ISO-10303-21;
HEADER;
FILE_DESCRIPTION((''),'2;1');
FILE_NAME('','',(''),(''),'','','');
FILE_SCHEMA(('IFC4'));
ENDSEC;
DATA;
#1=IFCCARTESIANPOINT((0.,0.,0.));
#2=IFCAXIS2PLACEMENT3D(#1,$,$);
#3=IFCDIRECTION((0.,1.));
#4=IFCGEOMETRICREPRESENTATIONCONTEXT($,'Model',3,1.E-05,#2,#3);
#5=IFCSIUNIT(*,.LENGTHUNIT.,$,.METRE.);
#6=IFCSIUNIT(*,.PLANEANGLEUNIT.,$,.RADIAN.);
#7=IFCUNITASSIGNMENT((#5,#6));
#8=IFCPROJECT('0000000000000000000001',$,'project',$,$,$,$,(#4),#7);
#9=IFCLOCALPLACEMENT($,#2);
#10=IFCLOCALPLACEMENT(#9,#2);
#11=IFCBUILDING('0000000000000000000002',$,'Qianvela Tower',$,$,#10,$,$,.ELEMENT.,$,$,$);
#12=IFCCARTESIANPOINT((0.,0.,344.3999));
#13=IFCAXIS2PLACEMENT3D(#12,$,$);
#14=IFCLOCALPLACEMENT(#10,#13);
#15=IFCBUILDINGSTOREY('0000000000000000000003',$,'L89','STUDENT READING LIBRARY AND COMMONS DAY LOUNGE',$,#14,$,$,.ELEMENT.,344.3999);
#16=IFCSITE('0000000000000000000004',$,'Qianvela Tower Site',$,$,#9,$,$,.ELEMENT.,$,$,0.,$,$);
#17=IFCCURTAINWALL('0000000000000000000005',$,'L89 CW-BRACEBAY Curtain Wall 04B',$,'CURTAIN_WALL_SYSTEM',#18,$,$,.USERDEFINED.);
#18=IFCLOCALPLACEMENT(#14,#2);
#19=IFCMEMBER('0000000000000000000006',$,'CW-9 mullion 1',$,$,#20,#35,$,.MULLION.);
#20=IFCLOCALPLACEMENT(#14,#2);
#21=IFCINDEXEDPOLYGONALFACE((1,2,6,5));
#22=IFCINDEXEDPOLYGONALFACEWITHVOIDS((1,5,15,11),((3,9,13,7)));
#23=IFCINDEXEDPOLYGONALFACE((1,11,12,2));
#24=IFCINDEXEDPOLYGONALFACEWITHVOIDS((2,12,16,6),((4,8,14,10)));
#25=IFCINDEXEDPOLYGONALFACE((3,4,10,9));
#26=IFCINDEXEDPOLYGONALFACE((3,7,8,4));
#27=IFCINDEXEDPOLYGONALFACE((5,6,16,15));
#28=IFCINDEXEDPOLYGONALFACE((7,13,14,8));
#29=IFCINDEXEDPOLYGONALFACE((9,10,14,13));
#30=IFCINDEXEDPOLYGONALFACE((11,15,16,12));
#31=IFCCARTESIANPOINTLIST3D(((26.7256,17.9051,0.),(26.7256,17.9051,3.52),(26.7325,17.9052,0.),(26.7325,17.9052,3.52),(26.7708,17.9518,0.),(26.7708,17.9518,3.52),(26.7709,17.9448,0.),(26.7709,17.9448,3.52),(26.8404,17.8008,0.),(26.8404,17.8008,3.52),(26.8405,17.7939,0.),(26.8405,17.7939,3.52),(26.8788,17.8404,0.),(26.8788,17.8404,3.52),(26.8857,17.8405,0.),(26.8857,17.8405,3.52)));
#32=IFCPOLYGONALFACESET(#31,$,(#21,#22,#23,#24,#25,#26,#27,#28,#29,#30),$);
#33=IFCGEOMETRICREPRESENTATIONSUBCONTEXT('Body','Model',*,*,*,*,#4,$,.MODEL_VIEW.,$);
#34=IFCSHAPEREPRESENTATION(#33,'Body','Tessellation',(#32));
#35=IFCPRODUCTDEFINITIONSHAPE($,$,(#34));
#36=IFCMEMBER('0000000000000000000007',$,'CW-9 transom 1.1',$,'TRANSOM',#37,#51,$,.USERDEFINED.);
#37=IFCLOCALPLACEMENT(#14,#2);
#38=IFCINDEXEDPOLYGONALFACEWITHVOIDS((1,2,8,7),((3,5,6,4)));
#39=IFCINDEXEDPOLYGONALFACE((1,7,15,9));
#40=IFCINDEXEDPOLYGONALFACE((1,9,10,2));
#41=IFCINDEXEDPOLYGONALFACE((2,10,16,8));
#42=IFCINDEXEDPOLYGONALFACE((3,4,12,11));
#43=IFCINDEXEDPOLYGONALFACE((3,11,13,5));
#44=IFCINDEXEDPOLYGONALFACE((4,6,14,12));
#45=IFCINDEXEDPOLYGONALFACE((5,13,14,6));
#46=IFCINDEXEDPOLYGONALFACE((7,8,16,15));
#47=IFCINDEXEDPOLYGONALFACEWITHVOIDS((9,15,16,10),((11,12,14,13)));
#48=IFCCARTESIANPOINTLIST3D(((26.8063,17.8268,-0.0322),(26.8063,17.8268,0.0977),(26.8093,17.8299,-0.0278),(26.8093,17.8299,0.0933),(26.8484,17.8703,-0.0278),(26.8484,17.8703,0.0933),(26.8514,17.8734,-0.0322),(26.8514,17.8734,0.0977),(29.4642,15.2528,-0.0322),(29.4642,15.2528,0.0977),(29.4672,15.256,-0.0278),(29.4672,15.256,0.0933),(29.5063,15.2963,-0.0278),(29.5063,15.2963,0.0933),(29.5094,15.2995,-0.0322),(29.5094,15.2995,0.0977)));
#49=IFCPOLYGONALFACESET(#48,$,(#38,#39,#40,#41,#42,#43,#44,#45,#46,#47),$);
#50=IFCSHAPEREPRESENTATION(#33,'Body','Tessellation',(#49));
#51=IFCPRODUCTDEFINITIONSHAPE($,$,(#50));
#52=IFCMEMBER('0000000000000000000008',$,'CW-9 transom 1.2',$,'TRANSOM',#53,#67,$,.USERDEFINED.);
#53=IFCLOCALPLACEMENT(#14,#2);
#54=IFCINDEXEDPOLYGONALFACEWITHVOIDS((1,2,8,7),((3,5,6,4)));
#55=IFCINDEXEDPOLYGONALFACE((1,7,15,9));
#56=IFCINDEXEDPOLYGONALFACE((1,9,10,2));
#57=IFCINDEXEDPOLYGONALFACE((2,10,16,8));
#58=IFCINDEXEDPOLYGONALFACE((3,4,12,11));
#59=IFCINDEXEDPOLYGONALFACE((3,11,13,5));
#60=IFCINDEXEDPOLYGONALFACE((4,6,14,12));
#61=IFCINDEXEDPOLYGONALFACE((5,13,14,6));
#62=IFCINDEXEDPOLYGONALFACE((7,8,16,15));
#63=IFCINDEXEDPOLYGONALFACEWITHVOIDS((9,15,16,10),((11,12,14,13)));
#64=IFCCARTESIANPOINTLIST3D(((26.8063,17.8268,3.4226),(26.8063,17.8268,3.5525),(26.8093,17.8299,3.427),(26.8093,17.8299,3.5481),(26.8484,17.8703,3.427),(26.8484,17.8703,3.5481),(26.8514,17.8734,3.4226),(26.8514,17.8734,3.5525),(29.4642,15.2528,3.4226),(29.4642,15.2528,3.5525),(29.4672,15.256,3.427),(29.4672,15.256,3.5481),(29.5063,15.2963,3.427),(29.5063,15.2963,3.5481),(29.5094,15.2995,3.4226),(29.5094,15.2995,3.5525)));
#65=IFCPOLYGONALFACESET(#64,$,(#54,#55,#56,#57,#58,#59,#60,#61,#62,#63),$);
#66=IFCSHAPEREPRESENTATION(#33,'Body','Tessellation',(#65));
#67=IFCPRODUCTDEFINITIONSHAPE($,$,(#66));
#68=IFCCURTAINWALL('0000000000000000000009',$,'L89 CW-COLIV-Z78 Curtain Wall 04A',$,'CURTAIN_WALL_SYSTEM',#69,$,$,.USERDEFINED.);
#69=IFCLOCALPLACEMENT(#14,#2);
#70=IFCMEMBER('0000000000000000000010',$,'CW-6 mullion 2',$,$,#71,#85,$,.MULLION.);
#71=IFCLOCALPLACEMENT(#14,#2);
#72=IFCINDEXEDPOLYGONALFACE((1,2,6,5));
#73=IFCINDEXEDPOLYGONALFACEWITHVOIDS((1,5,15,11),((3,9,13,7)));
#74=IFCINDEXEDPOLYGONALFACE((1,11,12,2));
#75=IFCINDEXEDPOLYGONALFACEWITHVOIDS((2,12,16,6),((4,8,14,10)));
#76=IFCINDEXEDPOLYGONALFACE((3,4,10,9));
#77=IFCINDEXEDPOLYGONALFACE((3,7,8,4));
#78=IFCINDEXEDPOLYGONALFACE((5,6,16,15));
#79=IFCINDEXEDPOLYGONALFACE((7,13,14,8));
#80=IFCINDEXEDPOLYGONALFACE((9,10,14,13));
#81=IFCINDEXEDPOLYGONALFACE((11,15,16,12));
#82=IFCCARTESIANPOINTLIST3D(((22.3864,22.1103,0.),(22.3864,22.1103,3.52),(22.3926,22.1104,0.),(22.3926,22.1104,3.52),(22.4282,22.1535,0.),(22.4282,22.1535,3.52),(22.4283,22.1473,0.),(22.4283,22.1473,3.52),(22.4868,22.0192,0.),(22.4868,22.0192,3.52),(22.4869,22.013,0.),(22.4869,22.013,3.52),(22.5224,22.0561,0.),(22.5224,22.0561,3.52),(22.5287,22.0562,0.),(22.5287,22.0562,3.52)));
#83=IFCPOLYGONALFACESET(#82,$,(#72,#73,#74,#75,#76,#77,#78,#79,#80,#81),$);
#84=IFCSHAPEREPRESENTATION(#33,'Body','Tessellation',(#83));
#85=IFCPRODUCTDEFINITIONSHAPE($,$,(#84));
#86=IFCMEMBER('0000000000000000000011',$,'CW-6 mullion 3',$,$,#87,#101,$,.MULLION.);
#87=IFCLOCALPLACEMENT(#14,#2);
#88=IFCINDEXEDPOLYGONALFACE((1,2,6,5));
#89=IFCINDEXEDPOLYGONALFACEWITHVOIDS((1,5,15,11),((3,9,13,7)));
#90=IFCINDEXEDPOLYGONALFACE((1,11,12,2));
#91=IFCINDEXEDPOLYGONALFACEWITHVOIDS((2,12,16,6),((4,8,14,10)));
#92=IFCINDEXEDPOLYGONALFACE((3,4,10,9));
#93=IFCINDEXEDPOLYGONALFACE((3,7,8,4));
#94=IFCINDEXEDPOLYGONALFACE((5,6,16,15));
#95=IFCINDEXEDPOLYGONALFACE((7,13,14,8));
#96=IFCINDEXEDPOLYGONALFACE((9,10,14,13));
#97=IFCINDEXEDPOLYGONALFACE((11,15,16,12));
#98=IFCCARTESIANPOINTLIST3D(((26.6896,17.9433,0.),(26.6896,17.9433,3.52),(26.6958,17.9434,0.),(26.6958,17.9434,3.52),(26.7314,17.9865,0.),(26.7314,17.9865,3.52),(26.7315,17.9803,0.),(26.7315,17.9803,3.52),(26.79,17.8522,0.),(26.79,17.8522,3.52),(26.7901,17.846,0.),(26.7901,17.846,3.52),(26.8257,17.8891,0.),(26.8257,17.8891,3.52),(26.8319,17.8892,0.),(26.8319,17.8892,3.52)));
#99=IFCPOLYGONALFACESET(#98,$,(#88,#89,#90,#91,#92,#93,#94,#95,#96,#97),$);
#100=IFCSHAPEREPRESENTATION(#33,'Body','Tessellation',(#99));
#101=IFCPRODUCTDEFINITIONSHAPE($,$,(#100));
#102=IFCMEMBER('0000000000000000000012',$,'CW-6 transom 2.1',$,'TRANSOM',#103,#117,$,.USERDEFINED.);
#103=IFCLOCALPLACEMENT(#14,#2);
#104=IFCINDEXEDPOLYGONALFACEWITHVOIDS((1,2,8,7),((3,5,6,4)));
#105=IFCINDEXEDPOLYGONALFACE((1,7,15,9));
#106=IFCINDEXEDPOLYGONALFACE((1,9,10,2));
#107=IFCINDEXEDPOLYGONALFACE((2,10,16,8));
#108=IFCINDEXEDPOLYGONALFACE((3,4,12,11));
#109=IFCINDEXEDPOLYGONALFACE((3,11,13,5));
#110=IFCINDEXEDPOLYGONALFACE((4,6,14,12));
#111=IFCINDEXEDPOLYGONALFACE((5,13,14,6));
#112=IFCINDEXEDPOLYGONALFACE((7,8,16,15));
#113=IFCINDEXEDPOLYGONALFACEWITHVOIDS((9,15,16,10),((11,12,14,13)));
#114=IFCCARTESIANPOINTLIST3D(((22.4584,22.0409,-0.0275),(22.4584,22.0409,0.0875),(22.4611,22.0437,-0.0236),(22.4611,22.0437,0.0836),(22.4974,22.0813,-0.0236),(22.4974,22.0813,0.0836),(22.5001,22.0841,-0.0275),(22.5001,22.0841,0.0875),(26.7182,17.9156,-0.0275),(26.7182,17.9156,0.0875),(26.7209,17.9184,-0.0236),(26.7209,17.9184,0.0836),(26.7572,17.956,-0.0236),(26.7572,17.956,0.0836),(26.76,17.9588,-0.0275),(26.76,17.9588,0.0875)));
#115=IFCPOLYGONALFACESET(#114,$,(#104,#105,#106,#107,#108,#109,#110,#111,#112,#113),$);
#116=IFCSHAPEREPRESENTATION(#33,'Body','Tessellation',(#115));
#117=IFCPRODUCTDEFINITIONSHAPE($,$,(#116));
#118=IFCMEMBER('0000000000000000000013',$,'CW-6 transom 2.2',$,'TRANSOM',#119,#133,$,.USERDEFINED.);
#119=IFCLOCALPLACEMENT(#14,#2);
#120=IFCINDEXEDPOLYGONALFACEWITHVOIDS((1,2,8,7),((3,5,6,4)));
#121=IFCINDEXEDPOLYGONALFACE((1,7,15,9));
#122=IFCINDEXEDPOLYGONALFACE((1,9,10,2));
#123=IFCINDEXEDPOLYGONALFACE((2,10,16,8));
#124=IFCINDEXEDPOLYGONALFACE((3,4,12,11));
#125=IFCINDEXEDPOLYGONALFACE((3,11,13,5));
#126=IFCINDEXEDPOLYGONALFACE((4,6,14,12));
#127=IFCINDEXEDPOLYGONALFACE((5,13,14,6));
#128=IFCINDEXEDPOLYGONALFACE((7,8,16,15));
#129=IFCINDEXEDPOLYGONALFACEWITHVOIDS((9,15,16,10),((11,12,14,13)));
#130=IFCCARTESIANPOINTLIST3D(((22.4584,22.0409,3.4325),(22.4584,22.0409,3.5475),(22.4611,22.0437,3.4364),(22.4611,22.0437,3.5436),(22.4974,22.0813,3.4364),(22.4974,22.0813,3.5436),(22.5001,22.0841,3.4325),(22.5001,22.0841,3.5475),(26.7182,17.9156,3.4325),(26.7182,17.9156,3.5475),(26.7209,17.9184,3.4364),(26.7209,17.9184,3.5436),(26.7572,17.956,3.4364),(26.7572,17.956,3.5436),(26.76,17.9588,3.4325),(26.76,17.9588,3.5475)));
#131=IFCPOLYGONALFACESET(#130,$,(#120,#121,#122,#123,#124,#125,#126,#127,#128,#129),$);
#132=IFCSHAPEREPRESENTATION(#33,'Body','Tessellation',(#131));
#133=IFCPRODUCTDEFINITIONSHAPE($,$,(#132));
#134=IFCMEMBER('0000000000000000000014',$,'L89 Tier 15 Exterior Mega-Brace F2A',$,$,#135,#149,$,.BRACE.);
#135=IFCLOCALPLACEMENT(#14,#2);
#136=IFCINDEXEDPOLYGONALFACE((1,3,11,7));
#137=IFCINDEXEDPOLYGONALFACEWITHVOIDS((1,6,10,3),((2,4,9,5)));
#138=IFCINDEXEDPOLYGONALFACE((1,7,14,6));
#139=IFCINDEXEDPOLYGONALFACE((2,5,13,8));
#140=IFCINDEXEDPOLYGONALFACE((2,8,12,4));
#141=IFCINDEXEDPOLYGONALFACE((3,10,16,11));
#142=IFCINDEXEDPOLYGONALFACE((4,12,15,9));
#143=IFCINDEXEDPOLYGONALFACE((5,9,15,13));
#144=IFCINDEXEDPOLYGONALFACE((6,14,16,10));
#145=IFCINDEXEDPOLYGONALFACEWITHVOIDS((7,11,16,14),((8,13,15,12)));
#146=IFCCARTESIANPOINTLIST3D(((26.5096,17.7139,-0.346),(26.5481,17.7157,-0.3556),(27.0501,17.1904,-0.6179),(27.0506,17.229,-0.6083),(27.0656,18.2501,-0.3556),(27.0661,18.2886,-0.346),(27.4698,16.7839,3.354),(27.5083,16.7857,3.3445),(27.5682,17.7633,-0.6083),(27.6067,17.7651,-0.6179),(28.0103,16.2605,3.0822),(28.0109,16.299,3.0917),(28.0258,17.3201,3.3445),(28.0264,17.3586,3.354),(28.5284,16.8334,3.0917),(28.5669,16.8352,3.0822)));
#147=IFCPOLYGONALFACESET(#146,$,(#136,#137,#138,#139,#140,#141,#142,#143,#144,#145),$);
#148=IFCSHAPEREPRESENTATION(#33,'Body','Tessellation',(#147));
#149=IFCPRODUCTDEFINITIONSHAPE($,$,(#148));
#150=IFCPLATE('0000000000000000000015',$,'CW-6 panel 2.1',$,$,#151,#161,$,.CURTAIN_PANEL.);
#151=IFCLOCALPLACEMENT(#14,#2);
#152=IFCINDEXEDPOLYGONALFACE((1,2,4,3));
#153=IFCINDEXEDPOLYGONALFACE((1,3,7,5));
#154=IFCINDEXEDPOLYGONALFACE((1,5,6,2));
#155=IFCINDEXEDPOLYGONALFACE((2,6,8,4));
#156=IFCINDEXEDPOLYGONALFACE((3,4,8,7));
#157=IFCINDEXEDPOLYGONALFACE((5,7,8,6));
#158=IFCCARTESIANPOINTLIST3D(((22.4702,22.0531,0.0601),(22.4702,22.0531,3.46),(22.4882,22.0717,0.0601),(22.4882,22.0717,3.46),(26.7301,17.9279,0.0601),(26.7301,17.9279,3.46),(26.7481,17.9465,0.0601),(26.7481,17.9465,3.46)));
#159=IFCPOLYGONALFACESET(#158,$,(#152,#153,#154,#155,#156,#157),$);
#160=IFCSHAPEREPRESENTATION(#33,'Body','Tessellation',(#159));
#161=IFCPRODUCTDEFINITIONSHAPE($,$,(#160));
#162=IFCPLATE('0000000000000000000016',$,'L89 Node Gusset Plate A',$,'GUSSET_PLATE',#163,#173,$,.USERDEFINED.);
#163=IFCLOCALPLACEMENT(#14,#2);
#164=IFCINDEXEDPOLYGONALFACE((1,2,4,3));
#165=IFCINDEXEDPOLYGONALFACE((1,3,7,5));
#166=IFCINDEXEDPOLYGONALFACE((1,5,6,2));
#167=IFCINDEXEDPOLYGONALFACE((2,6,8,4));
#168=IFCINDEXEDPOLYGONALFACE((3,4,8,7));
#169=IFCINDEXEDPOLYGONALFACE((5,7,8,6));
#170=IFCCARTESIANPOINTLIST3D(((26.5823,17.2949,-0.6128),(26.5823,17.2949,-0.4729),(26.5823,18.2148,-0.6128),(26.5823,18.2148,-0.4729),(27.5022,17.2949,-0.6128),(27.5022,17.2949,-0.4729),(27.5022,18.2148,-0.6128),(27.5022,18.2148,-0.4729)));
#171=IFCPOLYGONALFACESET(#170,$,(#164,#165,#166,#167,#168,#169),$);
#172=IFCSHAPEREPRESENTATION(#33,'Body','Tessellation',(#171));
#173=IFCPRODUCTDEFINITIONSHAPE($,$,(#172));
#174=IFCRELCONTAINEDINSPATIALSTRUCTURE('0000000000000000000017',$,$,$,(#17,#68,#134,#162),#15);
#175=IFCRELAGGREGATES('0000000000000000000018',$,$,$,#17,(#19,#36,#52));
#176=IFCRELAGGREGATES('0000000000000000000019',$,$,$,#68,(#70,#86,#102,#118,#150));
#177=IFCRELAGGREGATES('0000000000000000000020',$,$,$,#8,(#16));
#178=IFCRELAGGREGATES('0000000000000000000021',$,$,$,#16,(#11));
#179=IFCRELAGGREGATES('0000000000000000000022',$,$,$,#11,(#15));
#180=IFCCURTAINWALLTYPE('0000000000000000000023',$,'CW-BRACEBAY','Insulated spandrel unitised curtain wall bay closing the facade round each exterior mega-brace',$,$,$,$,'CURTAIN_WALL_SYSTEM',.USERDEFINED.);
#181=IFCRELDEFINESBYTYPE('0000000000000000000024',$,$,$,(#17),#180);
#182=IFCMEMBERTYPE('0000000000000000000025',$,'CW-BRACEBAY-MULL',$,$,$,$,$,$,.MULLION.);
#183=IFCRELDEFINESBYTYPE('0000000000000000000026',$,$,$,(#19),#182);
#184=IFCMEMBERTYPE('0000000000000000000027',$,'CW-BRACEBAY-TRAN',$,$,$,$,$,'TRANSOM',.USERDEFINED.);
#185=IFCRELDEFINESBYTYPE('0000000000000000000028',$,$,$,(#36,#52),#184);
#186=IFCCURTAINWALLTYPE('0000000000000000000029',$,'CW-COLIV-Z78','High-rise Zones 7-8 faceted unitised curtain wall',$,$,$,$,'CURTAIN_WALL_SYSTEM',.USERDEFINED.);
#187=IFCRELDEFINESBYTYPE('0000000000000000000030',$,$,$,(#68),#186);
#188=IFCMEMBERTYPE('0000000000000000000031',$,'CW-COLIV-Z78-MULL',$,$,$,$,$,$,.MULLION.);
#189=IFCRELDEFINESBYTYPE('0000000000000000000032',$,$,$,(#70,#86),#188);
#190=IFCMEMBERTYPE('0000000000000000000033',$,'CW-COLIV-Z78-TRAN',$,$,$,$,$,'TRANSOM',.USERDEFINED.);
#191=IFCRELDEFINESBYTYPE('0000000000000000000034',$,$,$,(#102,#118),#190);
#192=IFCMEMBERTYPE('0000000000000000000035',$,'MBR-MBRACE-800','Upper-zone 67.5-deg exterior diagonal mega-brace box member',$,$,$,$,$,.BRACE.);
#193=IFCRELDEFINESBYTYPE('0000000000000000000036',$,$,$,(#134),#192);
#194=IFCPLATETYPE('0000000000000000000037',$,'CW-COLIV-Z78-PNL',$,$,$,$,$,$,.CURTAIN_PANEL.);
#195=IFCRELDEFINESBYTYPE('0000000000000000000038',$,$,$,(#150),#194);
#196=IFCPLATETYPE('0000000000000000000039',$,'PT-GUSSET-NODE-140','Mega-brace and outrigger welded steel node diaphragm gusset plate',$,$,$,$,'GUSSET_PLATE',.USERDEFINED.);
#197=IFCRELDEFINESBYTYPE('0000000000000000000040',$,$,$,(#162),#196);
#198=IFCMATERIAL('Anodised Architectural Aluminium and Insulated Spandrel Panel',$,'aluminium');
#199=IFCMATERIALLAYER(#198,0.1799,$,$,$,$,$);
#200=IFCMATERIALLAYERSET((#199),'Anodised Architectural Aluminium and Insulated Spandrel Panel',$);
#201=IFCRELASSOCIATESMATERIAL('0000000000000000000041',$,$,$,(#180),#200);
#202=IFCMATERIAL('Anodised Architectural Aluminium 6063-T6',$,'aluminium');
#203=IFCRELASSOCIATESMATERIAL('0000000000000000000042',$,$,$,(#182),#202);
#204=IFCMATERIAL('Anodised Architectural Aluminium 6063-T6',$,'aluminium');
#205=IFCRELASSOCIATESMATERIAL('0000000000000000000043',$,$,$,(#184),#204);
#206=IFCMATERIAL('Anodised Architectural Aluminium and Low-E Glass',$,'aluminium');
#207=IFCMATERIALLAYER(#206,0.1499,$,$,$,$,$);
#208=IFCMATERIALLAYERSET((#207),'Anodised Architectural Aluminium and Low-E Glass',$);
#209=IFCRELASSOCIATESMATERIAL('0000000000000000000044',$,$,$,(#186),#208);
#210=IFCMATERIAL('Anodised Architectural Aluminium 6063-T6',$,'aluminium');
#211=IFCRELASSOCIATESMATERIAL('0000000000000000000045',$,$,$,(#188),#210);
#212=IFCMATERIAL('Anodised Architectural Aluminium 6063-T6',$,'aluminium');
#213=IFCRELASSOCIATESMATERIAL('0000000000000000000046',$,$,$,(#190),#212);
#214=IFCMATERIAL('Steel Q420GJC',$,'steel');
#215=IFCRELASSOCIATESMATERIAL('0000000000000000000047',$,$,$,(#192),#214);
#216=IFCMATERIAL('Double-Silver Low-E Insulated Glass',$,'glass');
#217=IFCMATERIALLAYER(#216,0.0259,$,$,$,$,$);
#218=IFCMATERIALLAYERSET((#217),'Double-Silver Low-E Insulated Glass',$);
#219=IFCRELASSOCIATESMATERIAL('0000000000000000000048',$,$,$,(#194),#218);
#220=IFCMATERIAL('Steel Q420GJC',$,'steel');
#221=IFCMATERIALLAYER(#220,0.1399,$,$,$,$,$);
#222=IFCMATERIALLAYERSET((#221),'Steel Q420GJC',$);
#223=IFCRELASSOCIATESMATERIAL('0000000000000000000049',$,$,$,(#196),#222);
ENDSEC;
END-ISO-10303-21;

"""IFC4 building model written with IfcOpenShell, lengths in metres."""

from ifc_helpers import new_model, si_unit, direction, frame, origin, origin_2d, place, context, subcontext, project, spatial, rectangle, hollow_rectangle, extrude, material, layer, layer_set, material_profile, profile_set, type_object, element, aggregate, save


model = new_model("IFC4")

# Units and contexts
model_context = context("Model", 3, precision=1e-05, world=origin(), true_north=direction((0.0, 1.0)))
body_context = subcontext(model_context, "Body", "Model", "MODEL_VIEW")
ifc_project = project(units=[si_unit("LENGTHUNIT", "METRE"), si_unit("PLANEANGLEUNIT", "RADIAN")], contexts=[model_context])

# Site, building, storey
site_placement = place(None, origin())
site = spatial("IfcSite", under=ifc_project, at=site_placement, Name="Qianvela Tower Site", CompositionType="ELEMENT", RefElevation=0.0)
building_placement = place(site_placement, origin())
building = spatial("IfcBuilding", under=site, at=building_placement, Name="Qianvela Tower", CompositionType="ELEMENT")
storey_placement = place(building_placement, frame((0.0, 0.0, 344.3999)))
storey = spatial("IfcBuildingStorey", under=building, at=storey_placement, Name="L89", Description="STUDENT READING LIBRARY AND COMMONS DAY LOUNGE", CompositionType="ELEMENT", Elevation=344.3999)

# Curtain walls, members
ifc_material_1 = material(Name="Anodised Architectural Aluminium and Insulated Spandrel Panel", Category="aluminium")
ifc_layer_1 = layer(ifc_material_1, 0.1799)
ifc_layer_set_1 = layer_set([ifc_layer_1], Name="Anodised Architectural Aluminium and Insulated Spandrel Panel")
curtain_wall_type_1 = type_object("IfcCurtainWallType", Name="CW-BRACEBAY", Description="Insulated spandrel unitised curtain wall bay closing the facade round each exterior mega-brace", ElementType="CURTAIN_WALL_SYSTEM", PredefinedType="USERDEFINED", material=ifc_layer_set_1)
curtain_wall_1_placement = place(storey_placement, origin())
curtain_wall_1 = element("IfcCurtainWall", 1, at=curtain_wall_1_placement, inside=storey, type_object=curtain_wall_type_1, Name="L89 CW-BRACEBAY Curtain Wall 04B", ObjectType="CURTAIN_WALL_SYSTEM", PredefinedType="USERDEFINED")
ifc_material_2 = material(Name="Anodised Architectural Aluminium 6063-T6", Category="aluminium")
ifc_material_profile_1 = material_profile(ifc_material_2, hollow_rectangle(XDim=0.0649, YDim=0.1599, WallThickness=0.0049, at=origin_2d()), Name="ALU-MULL-65x160")
ifc_profile_set_1 = profile_set([ifc_material_profile_1], Name="Anodised Architectural Aluminium 6063-T6")
member_type_1 = type_object("IfcMemberType", Name="CW-BRACEBAY-MULL", PredefinedType="MULLION", material=ifc_profile_set_1)
member_1_placement = place(storey_placement, frame((26.8057, 17.8728, 0.0), z_axis=(0.0, 0.0, 1.0), x_axis=(0.695671, 0.718361, 0.0)))
member_1 = element("IfcMember", 2, at=member_1_placement, type_object=member_type_1, Name="CW-9 mullion 1", PredefinedType="MULLION", context=body_context, shape_type="SweptSolid", body=[
    extrude(hollow_rectangle(XDim=0.0649, YDim=0.1599, WallThickness=0.0049, at=origin_2d()), origin(), (0.0, 0.0, 1.0), 3.52),
])
ifc_material_3 = material(Name="Anodised Architectural Aluminium 6063-T6", Category="aluminium")
ifc_material_profile_2 = material_profile(ifc_material_3, hollow_rectangle(XDim=0.0649, YDim=0.1299, WallThickness=0.0044, at=origin_2d()), Name="ALU-TRAN-65x130")
ifc_profile_set_2 = profile_set([ifc_material_profile_2], Name="Anodised Architectural Aluminium 6063-T6")
member_type_2 = type_object("IfcMemberType", Name="CW-BRACEBAY-TRAN", ElementType="TRANSOM", PredefinedType="USERDEFINED", material=ifc_profile_set_2)
member_2_placement = place(storey_placement, frame((26.8289, 17.8501, 0.0327), z_axis=(0.718365, -0.695666, 0.0), x_axis=(0.695666, 0.718365, 0.0)))
member_2 = element("IfcMember", 3, at=member_2_placement, type_object=member_type_2, Name="CW-9 transom 1.1", ObjectType="TRANSOM", PredefinedType="USERDEFINED", context=body_context, shape_type="SweptSolid", body=[
    extrude(hollow_rectangle(XDim=0.0649, YDim=0.1299, WallThickness=0.0044, at=origin_2d()), origin(), (0.0, 0.0, 1.0), 3.7),
])
member_3_placement = place(storey_placement, frame((26.8289, 17.8501, 3.4875), z_axis=(0.718365, -0.695666, 0.0), x_axis=(0.695666, 0.718365, 0.0)))
member_3 = element("IfcMember", 4, at=member_3_placement, type_object=member_type_2, Name="CW-9 transom 1.2", ObjectType="TRANSOM", PredefinedType="USERDEFINED", context=body_context, shape_type="SweptSolid", body=[
    extrude(hollow_rectangle(XDim=0.0649, YDim=0.1299, WallThickness=0.0044, at=origin_2d()), origin(), (0.0, 0.0, 1.0), 3.7),
])
aggregate(curtain_wall_1, [member_1, member_2, member_3])
ifc_material_4 = material(Name="Anodised Architectural Aluminium and Low-E Glass", Category="aluminium")
ifc_layer_2 = layer(ifc_material_4, 0.1499)
ifc_layer_set_2 = layer_set([ifc_layer_2], Name="Anodised Architectural Aluminium and Low-E Glass")
curtain_wall_type_2 = type_object("IfcCurtainWallType", Name="CW-COLIV-Z78", Description="High-rise Zones 7-8 faceted unitised curtain wall", ElementType="CURTAIN_WALL_SYSTEM", PredefinedType="USERDEFINED", material=ifc_layer_set_2)
curtain_wall_2_placement = place(storey_placement, origin())
curtain_wall_2 = element("IfcCurtainWall", 5, at=curtain_wall_2_placement, inside=storey, type_object=curtain_wall_type_2, Name="L89 CW-COLIV-Z78 Curtain Wall 04A", ObjectType="CURTAIN_WALL_SYSTEM", PredefinedType="USERDEFINED")
ifc_material_5 = material(Name="Anodised Architectural Aluminium 6063-T6", Category="aluminium")
ifc_material_profile_3 = material_profile(ifc_material_5, hollow_rectangle(XDim=0.0601, YDim=0.1399, WallThickness=0.0044, at=origin_2d()), Name="ALU-MULL-60x140")
ifc_profile_set_3 = profile_set([ifc_material_profile_3], Name="Anodised Architectural Aluminium 6063-T6")
member_type_3 = type_object("IfcMemberType", Name="CW-COLIV-Z78-MULL", PredefinedType="MULLION", material=ifc_profile_set_3)
member_4_placement = place(storey_placement, frame((22.4575, 22.0833, 0.0), z_axis=(0.0, 0.0, 1.0), x_axis=(0.695658, 0.718374, 0.0)))
member_4 = element("IfcMember", 6, at=member_4_placement, type_object=member_type_3, Name="CW-6 mullion 2", PredefinedType="MULLION", context=body_context, shape_type="SweptSolid", body=[
    extrude(hollow_rectangle(XDim=0.0601, YDim=0.1399, WallThickness=0.0044, at=origin_2d()), origin(), (0.0, 0.0, 1.0), 3.52),
])
member_5_placement = place(storey_placement, frame((26.7607, 17.9163, 0.0), z_axis=(0.0, 0.0, 1.0), x_axis=(0.695658, 0.718374, 0.0)))
member_5 = element("IfcMember", 7, at=member_5_placement, type_object=member_type_3, Name="CW-6 mullion 3", PredefinedType="MULLION", context=body_context, shape_type="SweptSolid", body=[
    extrude(hollow_rectangle(XDim=0.0601, YDim=0.1399, WallThickness=0.0044, at=origin_2d()), origin(), (0.0, 0.0, 1.0), 3.52),
])
ifc_material_6 = material(Name="Anodised Architectural Aluminium 6063-T6", Category="aluminium")
ifc_material_profile_4 = material_profile(ifc_material_6, hollow_rectangle(XDim=0.0601, YDim=0.115, WallThickness=0.0039, at=origin_2d()), Name="ALU-TRAN-60x115")
ifc_profile_set_4 = profile_set([ifc_material_profile_4], Name="Anodised Architectural Aluminium 6063-T6")
member_type_4 = type_object("IfcMemberType", Name="CW-COLIV-Z78-TRAN", ElementType="TRANSOM", PredefinedType="USERDEFINED", material=ifc_profile_set_4)
member_6_placement = place(storey_placement, frame((22.4792, 22.0625, 0.03), z_axis=(0.718359, -0.695673, 0.0), x_axis=(0.695673, 0.718359, 0.0)))
member_6 = element("IfcMember", 8, at=member_6_placement, type_object=member_type_4, Name="CW-6 transom 2.1", ObjectType="TRANSOM", PredefinedType="USERDEFINED", context=body_context, shape_type="SweptSolid", body=[
    extrude(hollow_rectangle(XDim=0.0601, YDim=0.115, WallThickness=0.0039, at=origin_2d()), origin(), (0.0, 0.0, 1.0), 5.9299),
])
member_7_placement = place(storey_placement, frame((22.4792, 22.0625, 3.49), z_axis=(0.718359, -0.695673, 0.0), x_axis=(0.695673, 0.718359, 0.0)))
member_7 = element("IfcMember", 9, at=member_7_placement, type_object=member_type_4, Name="CW-6 transom 2.2", ObjectType="TRANSOM", PredefinedType="USERDEFINED", context=body_context, shape_type="SweptSolid", body=[
    extrude(hollow_rectangle(XDim=0.0601, YDim=0.115, WallThickness=0.0039, at=origin_2d()), origin(), (0.0, 0.0, 1.0), 5.9299),
])

# Member
ifc_material_7 = material(Name="Steel Q420GJC", Category="steel")
ifc_material_profile_5 = material_profile(ifc_material_7, hollow_rectangle(XDim=0.8, YDim=0.8, WallThickness=0.0281, at=origin_2d()), Name="MBOX-800x800x28")
ifc_profile_set_5 = profile_set([ifc_material_profile_5], Name="Steel Q420GJC")
member_type_5 = type_object("IfcMemberType", Name="MBR-MBRACE-800", Description="Upper-zone 67.5-deg exterior diagonal mega-brace box member", PredefinedType="BRACE", material=ifc_profile_set_5)
member_8_placement = place(storey_placement, frame((27.0581, 17.7395, -0.4819), z_axis=(0.244078, -0.236383, 0.940505), x_axis=(0.695692, 0.71834, 0.0)))
element("IfcMember", 10, at=member_8_placement, inside=storey, type_object=member_type_5, Name="L89 Tier 15 Exterior Mega-Brace F2A", PredefinedType="BRACE", context=body_context, shape_type="SweptSolid", body=[
    extrude(hollow_rectangle(XDim=0.8, YDim=0.8, WallThickness=0.0281, at=origin_2d()), origin(), (0.0, 0.0, 1.0), 3.9341),
])

# Plates
ifc_material_8 = material(Name="Double-Silver Low-E Insulated Glass", Category="glass")
ifc_layer_3 = layer(ifc_material_8, 0.0259)
ifc_layer_set_3 = layer_set([ifc_layer_3], Name="Double-Silver Low-E Insulated Glass")
plate_type_1 = type_object("IfcPlateType", Name="CW-COLIV-Z78-PNL", PredefinedType="CURTAIN_PANEL", material=ifc_layer_set_3)
plate_1_placement = place(storey_placement, frame((24.6091, 19.9998, 0.0601), z_axis=(0.0, 0.0, 1.0), x_axis=(0.718374, -0.695658, 0.0)))
plate_1 = element("IfcPlate", 11, at=plate_1_placement, type_object=plate_type_1, Name="CW-6 panel 2.1", PredefinedType="CURTAIN_PANEL", context=body_context, shape_type="SweptSolid", body=[
    extrude(rectangle(XDim=5.9299, YDim=0.0259, at=origin_2d()), origin(), (0.0, 0.0, 1.0), 3.3999),
])
aggregate(curtain_wall_2, [member_4, member_5, member_6, member_7, plate_1])
ifc_material_9 = material(Name="Steel Q420GJC", Category="steel")
ifc_layer_4 = layer(ifc_material_9, 0.1399)
ifc_layer_set_4 = layer_set([ifc_layer_4], Name="Steel Q420GJC")
plate_type_2 = type_object("IfcPlateType", Name="PT-GUSSET-NODE-140", Description="Mega-brace and outrigger welded steel node diaphragm gusset plate", ElementType="GUSSET_PLATE", PredefinedType="USERDEFINED", material=ifc_layer_set_4)
plate_2_placement = place(storey_placement, frame((27.0422, 17.7549, -0.6128), z_axis=(0.0, 0.0, 1.0), x_axis=(1.0, 0.0, 0.0)))
element("IfcPlate", 12, at=plate_2_placement, inside=storey, type_object=plate_type_2, Name="L89 Node Gusset Plate A", ObjectType="GUSSET_PLATE", PredefinedType="USERDEFINED", context=body_context, shape_type="SweptSolid", body=[
    extrude(rectangle(XDim=0.9199, YDim=0.9199, at=origin_2d()), origin(), (0.0, 0.0, 1.0), 0.1399),
])

save(model, "model.ifc")
